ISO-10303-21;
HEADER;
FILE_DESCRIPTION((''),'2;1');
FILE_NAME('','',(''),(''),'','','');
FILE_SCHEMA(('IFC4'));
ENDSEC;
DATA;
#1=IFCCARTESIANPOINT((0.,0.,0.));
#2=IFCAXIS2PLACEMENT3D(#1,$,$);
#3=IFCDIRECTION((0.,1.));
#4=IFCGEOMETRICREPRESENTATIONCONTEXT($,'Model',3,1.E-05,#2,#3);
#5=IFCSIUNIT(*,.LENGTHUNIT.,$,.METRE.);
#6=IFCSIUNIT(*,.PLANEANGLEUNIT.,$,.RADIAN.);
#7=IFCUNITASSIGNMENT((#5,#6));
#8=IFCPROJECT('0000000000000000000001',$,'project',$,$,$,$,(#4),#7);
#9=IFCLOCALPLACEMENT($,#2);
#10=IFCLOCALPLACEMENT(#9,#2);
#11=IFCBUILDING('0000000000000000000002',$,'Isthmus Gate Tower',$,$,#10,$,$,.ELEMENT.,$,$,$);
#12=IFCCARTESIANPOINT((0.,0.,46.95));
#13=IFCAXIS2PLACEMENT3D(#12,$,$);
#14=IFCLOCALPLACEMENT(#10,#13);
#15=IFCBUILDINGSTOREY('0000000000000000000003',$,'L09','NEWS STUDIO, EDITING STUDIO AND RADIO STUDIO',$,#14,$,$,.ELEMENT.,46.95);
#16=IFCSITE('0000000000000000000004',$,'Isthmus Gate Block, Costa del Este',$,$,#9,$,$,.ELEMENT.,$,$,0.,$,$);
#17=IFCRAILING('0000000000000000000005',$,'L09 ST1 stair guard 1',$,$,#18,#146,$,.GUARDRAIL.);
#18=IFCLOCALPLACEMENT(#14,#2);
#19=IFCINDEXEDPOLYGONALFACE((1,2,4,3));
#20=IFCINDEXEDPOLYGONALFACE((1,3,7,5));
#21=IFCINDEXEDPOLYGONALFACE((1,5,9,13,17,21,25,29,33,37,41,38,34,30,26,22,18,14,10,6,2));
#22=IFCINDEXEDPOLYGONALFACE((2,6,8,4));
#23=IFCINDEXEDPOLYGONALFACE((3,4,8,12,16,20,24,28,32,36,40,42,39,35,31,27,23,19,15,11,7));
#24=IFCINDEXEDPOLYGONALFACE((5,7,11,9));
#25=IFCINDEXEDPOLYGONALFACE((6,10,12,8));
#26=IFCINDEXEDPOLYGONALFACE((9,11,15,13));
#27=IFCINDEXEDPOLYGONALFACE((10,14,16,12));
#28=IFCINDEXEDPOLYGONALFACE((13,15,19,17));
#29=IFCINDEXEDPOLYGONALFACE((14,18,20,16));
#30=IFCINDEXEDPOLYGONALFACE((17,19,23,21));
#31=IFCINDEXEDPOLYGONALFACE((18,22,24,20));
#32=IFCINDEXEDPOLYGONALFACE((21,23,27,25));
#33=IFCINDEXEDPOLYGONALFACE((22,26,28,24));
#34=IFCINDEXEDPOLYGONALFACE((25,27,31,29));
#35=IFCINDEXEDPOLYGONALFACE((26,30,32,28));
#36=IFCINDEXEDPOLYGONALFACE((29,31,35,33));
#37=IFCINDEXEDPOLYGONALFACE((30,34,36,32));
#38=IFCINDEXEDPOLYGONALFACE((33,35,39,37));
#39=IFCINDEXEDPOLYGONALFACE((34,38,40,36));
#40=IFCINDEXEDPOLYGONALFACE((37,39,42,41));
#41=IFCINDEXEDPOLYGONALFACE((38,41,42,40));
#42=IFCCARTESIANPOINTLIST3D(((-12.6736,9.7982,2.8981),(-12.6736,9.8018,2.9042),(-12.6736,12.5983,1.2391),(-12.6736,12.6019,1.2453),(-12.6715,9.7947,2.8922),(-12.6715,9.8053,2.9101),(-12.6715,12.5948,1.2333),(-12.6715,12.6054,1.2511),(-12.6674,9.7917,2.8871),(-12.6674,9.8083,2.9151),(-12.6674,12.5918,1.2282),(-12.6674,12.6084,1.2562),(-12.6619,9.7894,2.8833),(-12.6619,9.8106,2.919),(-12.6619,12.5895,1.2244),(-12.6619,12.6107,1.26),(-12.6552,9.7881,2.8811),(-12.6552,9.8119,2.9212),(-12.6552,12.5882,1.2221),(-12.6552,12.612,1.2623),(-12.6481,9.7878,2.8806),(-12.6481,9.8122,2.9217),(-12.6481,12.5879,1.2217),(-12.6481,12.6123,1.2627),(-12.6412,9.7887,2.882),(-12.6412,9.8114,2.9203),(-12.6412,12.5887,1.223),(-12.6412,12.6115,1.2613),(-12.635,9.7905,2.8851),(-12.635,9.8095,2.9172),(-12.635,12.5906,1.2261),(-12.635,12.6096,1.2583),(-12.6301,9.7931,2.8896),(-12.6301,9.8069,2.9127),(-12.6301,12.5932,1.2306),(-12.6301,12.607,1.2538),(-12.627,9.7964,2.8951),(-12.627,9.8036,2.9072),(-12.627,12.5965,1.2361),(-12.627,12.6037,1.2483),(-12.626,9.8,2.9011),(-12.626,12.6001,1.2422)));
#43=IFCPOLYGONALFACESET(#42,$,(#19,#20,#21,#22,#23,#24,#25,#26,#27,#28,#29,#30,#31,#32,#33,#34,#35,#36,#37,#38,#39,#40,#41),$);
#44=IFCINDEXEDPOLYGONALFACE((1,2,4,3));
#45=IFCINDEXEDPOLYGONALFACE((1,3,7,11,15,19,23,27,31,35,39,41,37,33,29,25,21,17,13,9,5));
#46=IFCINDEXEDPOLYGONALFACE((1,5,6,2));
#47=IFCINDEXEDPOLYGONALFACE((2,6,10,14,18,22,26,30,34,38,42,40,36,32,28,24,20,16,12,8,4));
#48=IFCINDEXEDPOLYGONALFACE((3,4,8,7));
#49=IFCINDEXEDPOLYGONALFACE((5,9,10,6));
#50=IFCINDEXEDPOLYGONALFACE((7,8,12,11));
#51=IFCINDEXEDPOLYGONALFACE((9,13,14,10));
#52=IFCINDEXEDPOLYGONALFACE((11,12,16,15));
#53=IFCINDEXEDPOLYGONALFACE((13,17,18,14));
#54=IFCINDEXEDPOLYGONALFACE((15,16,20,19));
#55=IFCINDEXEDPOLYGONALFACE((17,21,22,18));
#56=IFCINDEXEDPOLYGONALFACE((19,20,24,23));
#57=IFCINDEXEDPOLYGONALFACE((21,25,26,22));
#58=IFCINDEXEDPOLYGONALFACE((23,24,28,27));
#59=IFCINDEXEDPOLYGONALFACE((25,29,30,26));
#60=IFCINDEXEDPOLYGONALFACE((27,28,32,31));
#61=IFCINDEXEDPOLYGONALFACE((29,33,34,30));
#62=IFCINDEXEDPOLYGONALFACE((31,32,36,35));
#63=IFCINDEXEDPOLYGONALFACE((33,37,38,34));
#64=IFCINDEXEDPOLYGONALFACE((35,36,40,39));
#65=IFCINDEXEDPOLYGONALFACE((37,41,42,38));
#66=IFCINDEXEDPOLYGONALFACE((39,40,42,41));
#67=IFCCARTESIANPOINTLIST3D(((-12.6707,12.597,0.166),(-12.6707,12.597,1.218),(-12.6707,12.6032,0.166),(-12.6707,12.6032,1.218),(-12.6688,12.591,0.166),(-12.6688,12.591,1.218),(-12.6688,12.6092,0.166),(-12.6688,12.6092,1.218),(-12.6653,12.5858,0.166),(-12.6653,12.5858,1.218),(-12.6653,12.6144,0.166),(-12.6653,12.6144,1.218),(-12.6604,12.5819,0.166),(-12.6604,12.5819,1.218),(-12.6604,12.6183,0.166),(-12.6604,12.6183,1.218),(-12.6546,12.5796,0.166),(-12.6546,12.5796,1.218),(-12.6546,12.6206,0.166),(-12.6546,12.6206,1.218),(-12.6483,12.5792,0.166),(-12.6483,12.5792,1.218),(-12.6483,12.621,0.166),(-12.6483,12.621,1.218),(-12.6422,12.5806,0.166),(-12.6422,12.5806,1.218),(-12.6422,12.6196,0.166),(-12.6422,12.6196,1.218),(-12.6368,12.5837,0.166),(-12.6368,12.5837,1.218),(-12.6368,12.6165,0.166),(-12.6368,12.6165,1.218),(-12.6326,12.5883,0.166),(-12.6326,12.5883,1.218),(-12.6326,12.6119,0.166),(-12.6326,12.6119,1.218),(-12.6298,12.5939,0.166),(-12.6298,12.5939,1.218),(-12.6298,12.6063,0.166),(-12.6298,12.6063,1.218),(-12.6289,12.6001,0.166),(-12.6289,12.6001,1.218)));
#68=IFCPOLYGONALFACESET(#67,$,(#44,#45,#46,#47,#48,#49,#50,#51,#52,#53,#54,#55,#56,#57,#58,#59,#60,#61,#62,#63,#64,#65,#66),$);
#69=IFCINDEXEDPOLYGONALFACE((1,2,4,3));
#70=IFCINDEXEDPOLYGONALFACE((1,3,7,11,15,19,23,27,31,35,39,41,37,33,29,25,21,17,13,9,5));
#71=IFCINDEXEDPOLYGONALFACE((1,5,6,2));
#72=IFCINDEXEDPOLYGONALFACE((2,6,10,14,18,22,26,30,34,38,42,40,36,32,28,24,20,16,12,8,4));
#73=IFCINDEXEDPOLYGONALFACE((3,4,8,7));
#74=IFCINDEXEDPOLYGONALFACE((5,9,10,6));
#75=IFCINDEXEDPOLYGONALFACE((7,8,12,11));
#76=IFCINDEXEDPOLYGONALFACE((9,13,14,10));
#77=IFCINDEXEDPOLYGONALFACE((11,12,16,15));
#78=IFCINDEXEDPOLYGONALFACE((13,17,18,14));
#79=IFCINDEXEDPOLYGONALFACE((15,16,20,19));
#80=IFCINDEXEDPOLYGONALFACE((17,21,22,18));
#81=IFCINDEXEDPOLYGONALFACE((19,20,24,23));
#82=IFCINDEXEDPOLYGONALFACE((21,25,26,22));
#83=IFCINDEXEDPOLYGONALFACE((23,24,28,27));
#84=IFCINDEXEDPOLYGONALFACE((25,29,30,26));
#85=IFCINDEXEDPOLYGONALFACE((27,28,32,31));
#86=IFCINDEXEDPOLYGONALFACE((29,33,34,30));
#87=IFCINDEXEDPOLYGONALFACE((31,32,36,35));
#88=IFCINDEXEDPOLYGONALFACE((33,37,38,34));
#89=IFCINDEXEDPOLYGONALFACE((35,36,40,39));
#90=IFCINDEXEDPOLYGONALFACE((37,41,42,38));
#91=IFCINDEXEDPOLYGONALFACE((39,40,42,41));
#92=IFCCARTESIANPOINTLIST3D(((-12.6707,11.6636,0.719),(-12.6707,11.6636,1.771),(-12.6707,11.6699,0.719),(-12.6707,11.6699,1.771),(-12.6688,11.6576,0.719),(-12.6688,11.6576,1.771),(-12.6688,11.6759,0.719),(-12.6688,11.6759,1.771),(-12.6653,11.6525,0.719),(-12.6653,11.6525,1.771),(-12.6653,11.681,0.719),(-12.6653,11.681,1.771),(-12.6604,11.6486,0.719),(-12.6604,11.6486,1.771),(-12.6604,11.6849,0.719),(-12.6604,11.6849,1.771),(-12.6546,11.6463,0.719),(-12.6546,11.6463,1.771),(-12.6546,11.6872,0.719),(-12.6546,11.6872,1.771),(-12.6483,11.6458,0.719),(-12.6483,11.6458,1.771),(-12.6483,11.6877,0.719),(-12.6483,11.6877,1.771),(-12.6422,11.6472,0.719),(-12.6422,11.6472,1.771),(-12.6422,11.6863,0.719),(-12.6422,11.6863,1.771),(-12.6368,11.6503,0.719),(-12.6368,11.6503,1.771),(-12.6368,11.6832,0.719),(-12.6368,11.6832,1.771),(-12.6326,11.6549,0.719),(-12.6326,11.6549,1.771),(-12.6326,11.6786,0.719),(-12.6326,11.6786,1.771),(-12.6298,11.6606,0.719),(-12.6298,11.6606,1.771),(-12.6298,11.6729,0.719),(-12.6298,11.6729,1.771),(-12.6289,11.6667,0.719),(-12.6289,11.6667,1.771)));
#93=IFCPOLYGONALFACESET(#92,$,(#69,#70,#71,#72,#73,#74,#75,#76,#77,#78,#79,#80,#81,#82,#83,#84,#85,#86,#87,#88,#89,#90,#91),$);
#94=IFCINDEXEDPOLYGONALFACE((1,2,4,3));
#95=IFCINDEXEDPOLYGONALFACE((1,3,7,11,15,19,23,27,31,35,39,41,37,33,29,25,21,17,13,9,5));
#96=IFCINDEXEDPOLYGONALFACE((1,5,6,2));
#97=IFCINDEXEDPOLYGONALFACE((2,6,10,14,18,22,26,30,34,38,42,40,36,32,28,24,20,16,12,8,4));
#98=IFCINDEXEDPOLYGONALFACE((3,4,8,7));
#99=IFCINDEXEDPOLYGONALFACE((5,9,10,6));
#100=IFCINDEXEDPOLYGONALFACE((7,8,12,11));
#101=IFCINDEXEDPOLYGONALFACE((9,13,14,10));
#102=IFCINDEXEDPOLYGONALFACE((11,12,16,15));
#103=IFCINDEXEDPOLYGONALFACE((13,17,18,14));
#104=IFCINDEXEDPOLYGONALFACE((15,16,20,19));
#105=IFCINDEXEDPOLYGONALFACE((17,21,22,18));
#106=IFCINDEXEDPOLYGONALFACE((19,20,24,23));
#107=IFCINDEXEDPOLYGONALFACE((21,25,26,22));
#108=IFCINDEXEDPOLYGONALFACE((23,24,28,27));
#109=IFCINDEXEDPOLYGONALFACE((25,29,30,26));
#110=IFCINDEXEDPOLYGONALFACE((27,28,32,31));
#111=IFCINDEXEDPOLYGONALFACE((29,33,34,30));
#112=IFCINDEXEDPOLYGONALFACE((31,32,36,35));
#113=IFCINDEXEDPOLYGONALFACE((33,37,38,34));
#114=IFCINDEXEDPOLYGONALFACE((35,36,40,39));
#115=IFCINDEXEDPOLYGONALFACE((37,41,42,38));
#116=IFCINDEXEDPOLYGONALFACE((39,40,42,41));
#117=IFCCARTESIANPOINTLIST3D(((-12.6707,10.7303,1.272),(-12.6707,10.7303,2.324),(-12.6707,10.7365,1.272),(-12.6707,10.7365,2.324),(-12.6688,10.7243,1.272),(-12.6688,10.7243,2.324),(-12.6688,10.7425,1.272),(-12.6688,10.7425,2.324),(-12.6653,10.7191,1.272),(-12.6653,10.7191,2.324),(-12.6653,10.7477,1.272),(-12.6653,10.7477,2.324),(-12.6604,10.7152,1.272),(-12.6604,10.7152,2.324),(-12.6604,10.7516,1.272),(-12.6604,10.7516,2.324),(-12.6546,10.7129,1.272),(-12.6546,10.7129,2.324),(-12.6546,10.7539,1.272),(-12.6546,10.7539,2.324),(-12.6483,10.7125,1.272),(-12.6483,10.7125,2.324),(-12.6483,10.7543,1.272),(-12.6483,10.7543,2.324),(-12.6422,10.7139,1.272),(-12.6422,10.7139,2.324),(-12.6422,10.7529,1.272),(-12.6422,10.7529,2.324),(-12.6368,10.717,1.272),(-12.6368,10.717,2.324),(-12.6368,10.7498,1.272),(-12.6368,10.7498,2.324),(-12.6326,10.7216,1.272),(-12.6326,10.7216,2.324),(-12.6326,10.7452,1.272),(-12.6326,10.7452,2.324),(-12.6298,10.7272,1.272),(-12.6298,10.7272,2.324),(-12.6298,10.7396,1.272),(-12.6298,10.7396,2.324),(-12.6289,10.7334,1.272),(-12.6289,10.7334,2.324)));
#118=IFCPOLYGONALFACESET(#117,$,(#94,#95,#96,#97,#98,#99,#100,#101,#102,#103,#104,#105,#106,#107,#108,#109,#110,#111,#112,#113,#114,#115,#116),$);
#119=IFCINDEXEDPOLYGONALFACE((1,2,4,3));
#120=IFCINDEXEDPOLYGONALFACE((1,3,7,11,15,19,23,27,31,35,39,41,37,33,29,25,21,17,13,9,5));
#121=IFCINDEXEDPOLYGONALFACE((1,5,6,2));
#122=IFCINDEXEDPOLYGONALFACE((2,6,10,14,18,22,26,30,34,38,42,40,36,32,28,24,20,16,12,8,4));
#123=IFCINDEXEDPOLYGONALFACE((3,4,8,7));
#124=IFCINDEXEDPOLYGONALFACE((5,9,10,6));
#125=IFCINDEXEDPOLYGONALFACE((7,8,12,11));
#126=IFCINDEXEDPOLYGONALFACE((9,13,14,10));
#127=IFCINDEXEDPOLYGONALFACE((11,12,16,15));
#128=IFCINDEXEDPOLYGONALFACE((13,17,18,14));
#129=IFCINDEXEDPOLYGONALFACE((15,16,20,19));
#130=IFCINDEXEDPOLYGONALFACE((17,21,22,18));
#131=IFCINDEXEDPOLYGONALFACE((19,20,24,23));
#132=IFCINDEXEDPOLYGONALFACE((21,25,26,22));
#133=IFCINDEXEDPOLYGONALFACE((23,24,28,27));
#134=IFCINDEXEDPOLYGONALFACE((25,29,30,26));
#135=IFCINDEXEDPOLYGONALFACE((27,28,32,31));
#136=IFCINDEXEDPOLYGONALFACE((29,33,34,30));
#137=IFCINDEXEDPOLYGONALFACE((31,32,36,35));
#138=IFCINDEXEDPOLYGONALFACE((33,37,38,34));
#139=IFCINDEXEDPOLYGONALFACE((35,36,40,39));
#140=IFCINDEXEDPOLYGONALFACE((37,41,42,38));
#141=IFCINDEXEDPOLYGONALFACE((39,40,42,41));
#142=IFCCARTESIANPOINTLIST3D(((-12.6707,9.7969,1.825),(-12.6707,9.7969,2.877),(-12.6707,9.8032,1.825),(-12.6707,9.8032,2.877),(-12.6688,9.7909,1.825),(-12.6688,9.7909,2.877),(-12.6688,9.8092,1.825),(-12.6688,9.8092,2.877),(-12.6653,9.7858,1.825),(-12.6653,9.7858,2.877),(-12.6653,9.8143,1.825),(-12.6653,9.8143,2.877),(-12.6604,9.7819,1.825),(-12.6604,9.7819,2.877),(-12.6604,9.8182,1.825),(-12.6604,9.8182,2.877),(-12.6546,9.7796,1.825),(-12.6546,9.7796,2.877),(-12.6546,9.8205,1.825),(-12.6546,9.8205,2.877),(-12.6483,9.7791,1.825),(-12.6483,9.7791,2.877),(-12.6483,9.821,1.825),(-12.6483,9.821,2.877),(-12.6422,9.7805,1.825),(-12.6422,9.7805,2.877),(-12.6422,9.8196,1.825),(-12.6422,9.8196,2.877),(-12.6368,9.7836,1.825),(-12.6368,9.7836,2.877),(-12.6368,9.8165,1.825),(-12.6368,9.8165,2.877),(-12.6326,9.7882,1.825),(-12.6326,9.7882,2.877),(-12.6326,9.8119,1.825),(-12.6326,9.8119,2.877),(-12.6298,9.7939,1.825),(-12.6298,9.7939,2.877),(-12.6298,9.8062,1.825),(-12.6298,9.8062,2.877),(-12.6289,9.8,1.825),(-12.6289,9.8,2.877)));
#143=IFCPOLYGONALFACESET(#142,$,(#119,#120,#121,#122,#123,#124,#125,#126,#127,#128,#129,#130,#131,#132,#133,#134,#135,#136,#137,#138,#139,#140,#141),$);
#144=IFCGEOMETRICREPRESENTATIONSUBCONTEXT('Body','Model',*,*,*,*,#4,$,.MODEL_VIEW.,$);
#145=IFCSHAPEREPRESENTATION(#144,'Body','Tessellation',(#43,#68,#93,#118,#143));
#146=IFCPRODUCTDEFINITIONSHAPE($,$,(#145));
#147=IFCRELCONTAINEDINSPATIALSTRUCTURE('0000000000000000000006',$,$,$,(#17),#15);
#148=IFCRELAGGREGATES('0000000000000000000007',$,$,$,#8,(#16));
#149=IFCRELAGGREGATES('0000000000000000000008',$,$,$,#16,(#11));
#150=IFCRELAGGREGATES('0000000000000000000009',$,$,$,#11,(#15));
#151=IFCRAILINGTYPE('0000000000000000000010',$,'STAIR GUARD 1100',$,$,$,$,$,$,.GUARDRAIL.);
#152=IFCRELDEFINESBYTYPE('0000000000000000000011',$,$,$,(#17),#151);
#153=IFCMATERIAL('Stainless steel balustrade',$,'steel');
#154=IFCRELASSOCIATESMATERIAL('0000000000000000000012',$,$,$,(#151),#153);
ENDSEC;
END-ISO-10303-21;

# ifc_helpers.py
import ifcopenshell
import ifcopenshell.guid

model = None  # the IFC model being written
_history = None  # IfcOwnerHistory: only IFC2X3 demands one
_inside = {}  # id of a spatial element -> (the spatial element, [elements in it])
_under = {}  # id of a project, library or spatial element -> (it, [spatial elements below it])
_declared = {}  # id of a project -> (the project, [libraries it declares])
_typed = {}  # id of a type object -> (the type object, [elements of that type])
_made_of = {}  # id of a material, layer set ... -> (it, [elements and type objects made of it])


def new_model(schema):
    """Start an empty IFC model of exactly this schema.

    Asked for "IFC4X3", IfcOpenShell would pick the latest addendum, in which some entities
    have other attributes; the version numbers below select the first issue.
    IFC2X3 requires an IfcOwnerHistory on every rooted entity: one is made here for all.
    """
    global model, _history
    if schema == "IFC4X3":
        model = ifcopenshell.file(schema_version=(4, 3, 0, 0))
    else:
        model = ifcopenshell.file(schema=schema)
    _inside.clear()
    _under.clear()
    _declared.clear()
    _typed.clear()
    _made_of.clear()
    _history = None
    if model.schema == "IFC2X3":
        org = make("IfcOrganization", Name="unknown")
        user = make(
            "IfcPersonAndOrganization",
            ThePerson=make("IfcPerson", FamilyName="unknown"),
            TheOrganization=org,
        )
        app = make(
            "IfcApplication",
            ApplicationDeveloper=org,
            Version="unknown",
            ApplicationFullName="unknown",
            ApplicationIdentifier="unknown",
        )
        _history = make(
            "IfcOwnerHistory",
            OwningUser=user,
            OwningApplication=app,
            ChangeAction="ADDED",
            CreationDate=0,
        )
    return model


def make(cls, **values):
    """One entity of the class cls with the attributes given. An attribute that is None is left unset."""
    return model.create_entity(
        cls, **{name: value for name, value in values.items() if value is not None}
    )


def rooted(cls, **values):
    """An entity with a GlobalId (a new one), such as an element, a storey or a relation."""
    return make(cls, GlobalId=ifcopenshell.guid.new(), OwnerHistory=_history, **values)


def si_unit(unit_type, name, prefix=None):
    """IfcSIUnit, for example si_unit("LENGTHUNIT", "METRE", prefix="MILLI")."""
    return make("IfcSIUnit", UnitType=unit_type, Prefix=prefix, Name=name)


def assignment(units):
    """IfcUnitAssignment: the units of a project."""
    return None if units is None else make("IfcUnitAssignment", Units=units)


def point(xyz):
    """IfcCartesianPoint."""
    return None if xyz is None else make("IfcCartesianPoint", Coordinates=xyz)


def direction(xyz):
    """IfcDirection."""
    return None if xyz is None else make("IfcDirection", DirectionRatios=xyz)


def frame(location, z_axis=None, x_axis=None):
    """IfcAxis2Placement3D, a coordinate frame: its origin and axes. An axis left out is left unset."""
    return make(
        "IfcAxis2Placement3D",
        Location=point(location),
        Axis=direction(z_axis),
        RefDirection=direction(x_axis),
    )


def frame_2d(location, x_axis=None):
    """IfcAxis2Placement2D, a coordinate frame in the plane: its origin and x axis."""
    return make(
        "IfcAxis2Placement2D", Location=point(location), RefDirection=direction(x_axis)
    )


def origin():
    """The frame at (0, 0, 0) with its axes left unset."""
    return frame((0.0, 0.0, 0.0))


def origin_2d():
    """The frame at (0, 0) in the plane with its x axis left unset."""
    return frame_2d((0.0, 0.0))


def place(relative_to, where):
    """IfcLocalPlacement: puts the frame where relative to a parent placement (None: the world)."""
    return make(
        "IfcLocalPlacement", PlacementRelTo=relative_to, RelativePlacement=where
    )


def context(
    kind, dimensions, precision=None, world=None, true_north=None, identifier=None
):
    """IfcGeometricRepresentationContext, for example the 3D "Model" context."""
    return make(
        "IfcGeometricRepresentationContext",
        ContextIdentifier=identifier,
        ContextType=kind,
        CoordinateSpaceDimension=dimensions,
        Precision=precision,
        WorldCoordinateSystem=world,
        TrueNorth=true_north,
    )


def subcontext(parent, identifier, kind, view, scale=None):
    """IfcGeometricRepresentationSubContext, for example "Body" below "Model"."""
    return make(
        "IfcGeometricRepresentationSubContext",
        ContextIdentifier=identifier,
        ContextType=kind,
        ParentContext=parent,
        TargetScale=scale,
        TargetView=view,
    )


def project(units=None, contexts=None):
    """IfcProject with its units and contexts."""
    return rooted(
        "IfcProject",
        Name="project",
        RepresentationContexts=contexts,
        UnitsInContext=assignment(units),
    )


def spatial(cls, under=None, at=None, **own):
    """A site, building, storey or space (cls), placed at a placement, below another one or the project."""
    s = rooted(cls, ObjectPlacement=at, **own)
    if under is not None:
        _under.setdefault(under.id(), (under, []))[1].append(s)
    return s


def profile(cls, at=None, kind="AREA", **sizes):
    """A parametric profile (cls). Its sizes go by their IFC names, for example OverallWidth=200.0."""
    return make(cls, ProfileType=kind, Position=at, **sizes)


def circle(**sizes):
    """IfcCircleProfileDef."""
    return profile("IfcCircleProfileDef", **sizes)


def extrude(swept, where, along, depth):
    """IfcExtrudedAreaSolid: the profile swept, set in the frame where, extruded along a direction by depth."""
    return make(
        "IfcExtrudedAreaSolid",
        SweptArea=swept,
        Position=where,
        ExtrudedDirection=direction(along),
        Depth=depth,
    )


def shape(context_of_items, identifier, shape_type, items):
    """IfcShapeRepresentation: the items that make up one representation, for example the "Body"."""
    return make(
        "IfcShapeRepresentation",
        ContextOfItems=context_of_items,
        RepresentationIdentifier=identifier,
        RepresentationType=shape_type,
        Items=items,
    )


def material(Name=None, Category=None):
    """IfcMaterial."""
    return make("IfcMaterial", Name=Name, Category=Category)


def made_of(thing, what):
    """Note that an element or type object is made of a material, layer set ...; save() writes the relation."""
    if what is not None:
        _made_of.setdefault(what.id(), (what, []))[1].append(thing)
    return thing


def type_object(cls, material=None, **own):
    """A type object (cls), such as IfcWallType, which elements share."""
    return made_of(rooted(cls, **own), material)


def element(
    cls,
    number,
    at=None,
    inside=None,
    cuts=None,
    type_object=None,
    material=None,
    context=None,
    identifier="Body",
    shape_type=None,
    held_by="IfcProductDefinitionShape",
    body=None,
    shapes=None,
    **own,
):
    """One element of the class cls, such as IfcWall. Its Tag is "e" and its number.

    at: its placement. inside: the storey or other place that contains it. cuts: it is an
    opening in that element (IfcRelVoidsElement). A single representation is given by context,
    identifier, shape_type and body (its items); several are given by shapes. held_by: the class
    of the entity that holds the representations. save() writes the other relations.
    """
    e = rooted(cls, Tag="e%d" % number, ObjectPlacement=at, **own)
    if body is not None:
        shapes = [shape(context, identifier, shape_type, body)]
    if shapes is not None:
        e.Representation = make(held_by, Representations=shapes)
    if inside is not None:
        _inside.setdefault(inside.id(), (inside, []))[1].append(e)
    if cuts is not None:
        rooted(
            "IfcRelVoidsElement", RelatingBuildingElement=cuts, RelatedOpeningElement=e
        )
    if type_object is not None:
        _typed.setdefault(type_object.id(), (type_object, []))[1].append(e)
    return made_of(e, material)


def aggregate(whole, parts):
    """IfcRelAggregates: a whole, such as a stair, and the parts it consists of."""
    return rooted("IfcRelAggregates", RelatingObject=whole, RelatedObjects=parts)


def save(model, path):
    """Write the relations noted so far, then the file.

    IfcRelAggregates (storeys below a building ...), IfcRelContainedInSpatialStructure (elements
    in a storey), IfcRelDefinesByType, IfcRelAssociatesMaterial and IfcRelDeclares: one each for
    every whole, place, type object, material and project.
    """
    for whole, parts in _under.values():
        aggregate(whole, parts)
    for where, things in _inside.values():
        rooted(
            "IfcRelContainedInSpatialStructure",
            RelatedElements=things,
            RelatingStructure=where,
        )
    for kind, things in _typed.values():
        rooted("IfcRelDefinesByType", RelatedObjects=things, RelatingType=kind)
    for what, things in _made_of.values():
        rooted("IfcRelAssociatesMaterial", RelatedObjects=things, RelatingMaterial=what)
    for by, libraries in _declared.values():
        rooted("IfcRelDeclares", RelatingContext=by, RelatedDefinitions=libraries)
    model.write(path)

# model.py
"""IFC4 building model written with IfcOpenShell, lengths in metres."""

from ifc_helpers import new_model, si_unit, direction, frame, origin, origin_2d, place, context, subcontext, project, spatial, circle, extrude, material, type_object, element, save


model = new_model("IFC4")

# Units and contexts
model_context = context("Model", 3, precision=1e-05, world=origin(), true_north=direction((0.0, 1.0)))
body_context = subcontext(model_context, "Body", "Model", "MODEL_VIEW")
ifc_project = project(units=[si_unit("LENGTHUNIT", "METRE"), si_unit("PLANEANGLEUNIT", "RADIAN")], contexts=[model_context])

# Site, building, storey
site_placement = place(None, origin())
site = spatial("IfcSite", under=ifc_project, at=site_placement, Name="Isthmus Gate Block, Costa del Este", CompositionType="ELEMENT", RefElevation=0.0)
building_placement = place(site_placement, origin())
building = spatial("IfcBuilding", under=site, at=building_placement, Name="Isthmus Gate Tower", CompositionType="ELEMENT")
storey_placement = place(building_placement, frame((0.0, 0.0, 46.95)))
storey = spatial("IfcBuildingStorey", under=building, at=storey_placement, Name="L09", Description="NEWS STUDIO, EDITING STUDIO AND RADIO STUDIO", CompositionType="ELEMENT", Elevation=46.95)

# Railing
ifc_material_1 = material(Name="Stainless steel balustrade", Category="steel")
railing_type_1 = type_object("IfcRailingType", Name="STAIR GUARD 1100", PredefinedType="GUARDRAIL", material=ifc_material_1)
railing_1_placement = place(storey_placement, frame((-12.6499, 12.6001, 0.166)))
element("IfcRailing", 1, at=railing_1_placement, inside=storey, type_object=railing_type_1, Name="L09 ST1 stair guard 1", PredefinedType="GUARDRAIL", context=body_context, shape_type="SweptSolid", body=[
    extrude(circle(Radius=0.0239, at=origin_2d()), frame((0.0, 0.0, 1.0762), z_axis=(0.0, -0.860339, 0.509722), x_axis=(1.0, 0.0, 0.0)), (0.0, 0.0, 1.0), 3.2546),
    extrude(circle(Radius=0.021, at=origin_2d()), origin(), (0.0, 0.0, 1.0), 1.052),
    extrude(circle(Radius=0.021, at=origin_2d()), frame((0.0, -0.9333, 0.553)), (0.0, 0.0, 1.0), 1.052),
    extrude(circle(Radius=0.021, at=origin_2d()), frame((0.0, -1.8667, 1.106)), (0.0, 0.0, 1.0), 1.052),
    extrude(circle(Radius=0.021, at=origin_2d()), frame((0.0, -2.8, 1.6589)), (0.0, 0.0, 1.0), 1.052),
])

save(model, "model.ifc")
